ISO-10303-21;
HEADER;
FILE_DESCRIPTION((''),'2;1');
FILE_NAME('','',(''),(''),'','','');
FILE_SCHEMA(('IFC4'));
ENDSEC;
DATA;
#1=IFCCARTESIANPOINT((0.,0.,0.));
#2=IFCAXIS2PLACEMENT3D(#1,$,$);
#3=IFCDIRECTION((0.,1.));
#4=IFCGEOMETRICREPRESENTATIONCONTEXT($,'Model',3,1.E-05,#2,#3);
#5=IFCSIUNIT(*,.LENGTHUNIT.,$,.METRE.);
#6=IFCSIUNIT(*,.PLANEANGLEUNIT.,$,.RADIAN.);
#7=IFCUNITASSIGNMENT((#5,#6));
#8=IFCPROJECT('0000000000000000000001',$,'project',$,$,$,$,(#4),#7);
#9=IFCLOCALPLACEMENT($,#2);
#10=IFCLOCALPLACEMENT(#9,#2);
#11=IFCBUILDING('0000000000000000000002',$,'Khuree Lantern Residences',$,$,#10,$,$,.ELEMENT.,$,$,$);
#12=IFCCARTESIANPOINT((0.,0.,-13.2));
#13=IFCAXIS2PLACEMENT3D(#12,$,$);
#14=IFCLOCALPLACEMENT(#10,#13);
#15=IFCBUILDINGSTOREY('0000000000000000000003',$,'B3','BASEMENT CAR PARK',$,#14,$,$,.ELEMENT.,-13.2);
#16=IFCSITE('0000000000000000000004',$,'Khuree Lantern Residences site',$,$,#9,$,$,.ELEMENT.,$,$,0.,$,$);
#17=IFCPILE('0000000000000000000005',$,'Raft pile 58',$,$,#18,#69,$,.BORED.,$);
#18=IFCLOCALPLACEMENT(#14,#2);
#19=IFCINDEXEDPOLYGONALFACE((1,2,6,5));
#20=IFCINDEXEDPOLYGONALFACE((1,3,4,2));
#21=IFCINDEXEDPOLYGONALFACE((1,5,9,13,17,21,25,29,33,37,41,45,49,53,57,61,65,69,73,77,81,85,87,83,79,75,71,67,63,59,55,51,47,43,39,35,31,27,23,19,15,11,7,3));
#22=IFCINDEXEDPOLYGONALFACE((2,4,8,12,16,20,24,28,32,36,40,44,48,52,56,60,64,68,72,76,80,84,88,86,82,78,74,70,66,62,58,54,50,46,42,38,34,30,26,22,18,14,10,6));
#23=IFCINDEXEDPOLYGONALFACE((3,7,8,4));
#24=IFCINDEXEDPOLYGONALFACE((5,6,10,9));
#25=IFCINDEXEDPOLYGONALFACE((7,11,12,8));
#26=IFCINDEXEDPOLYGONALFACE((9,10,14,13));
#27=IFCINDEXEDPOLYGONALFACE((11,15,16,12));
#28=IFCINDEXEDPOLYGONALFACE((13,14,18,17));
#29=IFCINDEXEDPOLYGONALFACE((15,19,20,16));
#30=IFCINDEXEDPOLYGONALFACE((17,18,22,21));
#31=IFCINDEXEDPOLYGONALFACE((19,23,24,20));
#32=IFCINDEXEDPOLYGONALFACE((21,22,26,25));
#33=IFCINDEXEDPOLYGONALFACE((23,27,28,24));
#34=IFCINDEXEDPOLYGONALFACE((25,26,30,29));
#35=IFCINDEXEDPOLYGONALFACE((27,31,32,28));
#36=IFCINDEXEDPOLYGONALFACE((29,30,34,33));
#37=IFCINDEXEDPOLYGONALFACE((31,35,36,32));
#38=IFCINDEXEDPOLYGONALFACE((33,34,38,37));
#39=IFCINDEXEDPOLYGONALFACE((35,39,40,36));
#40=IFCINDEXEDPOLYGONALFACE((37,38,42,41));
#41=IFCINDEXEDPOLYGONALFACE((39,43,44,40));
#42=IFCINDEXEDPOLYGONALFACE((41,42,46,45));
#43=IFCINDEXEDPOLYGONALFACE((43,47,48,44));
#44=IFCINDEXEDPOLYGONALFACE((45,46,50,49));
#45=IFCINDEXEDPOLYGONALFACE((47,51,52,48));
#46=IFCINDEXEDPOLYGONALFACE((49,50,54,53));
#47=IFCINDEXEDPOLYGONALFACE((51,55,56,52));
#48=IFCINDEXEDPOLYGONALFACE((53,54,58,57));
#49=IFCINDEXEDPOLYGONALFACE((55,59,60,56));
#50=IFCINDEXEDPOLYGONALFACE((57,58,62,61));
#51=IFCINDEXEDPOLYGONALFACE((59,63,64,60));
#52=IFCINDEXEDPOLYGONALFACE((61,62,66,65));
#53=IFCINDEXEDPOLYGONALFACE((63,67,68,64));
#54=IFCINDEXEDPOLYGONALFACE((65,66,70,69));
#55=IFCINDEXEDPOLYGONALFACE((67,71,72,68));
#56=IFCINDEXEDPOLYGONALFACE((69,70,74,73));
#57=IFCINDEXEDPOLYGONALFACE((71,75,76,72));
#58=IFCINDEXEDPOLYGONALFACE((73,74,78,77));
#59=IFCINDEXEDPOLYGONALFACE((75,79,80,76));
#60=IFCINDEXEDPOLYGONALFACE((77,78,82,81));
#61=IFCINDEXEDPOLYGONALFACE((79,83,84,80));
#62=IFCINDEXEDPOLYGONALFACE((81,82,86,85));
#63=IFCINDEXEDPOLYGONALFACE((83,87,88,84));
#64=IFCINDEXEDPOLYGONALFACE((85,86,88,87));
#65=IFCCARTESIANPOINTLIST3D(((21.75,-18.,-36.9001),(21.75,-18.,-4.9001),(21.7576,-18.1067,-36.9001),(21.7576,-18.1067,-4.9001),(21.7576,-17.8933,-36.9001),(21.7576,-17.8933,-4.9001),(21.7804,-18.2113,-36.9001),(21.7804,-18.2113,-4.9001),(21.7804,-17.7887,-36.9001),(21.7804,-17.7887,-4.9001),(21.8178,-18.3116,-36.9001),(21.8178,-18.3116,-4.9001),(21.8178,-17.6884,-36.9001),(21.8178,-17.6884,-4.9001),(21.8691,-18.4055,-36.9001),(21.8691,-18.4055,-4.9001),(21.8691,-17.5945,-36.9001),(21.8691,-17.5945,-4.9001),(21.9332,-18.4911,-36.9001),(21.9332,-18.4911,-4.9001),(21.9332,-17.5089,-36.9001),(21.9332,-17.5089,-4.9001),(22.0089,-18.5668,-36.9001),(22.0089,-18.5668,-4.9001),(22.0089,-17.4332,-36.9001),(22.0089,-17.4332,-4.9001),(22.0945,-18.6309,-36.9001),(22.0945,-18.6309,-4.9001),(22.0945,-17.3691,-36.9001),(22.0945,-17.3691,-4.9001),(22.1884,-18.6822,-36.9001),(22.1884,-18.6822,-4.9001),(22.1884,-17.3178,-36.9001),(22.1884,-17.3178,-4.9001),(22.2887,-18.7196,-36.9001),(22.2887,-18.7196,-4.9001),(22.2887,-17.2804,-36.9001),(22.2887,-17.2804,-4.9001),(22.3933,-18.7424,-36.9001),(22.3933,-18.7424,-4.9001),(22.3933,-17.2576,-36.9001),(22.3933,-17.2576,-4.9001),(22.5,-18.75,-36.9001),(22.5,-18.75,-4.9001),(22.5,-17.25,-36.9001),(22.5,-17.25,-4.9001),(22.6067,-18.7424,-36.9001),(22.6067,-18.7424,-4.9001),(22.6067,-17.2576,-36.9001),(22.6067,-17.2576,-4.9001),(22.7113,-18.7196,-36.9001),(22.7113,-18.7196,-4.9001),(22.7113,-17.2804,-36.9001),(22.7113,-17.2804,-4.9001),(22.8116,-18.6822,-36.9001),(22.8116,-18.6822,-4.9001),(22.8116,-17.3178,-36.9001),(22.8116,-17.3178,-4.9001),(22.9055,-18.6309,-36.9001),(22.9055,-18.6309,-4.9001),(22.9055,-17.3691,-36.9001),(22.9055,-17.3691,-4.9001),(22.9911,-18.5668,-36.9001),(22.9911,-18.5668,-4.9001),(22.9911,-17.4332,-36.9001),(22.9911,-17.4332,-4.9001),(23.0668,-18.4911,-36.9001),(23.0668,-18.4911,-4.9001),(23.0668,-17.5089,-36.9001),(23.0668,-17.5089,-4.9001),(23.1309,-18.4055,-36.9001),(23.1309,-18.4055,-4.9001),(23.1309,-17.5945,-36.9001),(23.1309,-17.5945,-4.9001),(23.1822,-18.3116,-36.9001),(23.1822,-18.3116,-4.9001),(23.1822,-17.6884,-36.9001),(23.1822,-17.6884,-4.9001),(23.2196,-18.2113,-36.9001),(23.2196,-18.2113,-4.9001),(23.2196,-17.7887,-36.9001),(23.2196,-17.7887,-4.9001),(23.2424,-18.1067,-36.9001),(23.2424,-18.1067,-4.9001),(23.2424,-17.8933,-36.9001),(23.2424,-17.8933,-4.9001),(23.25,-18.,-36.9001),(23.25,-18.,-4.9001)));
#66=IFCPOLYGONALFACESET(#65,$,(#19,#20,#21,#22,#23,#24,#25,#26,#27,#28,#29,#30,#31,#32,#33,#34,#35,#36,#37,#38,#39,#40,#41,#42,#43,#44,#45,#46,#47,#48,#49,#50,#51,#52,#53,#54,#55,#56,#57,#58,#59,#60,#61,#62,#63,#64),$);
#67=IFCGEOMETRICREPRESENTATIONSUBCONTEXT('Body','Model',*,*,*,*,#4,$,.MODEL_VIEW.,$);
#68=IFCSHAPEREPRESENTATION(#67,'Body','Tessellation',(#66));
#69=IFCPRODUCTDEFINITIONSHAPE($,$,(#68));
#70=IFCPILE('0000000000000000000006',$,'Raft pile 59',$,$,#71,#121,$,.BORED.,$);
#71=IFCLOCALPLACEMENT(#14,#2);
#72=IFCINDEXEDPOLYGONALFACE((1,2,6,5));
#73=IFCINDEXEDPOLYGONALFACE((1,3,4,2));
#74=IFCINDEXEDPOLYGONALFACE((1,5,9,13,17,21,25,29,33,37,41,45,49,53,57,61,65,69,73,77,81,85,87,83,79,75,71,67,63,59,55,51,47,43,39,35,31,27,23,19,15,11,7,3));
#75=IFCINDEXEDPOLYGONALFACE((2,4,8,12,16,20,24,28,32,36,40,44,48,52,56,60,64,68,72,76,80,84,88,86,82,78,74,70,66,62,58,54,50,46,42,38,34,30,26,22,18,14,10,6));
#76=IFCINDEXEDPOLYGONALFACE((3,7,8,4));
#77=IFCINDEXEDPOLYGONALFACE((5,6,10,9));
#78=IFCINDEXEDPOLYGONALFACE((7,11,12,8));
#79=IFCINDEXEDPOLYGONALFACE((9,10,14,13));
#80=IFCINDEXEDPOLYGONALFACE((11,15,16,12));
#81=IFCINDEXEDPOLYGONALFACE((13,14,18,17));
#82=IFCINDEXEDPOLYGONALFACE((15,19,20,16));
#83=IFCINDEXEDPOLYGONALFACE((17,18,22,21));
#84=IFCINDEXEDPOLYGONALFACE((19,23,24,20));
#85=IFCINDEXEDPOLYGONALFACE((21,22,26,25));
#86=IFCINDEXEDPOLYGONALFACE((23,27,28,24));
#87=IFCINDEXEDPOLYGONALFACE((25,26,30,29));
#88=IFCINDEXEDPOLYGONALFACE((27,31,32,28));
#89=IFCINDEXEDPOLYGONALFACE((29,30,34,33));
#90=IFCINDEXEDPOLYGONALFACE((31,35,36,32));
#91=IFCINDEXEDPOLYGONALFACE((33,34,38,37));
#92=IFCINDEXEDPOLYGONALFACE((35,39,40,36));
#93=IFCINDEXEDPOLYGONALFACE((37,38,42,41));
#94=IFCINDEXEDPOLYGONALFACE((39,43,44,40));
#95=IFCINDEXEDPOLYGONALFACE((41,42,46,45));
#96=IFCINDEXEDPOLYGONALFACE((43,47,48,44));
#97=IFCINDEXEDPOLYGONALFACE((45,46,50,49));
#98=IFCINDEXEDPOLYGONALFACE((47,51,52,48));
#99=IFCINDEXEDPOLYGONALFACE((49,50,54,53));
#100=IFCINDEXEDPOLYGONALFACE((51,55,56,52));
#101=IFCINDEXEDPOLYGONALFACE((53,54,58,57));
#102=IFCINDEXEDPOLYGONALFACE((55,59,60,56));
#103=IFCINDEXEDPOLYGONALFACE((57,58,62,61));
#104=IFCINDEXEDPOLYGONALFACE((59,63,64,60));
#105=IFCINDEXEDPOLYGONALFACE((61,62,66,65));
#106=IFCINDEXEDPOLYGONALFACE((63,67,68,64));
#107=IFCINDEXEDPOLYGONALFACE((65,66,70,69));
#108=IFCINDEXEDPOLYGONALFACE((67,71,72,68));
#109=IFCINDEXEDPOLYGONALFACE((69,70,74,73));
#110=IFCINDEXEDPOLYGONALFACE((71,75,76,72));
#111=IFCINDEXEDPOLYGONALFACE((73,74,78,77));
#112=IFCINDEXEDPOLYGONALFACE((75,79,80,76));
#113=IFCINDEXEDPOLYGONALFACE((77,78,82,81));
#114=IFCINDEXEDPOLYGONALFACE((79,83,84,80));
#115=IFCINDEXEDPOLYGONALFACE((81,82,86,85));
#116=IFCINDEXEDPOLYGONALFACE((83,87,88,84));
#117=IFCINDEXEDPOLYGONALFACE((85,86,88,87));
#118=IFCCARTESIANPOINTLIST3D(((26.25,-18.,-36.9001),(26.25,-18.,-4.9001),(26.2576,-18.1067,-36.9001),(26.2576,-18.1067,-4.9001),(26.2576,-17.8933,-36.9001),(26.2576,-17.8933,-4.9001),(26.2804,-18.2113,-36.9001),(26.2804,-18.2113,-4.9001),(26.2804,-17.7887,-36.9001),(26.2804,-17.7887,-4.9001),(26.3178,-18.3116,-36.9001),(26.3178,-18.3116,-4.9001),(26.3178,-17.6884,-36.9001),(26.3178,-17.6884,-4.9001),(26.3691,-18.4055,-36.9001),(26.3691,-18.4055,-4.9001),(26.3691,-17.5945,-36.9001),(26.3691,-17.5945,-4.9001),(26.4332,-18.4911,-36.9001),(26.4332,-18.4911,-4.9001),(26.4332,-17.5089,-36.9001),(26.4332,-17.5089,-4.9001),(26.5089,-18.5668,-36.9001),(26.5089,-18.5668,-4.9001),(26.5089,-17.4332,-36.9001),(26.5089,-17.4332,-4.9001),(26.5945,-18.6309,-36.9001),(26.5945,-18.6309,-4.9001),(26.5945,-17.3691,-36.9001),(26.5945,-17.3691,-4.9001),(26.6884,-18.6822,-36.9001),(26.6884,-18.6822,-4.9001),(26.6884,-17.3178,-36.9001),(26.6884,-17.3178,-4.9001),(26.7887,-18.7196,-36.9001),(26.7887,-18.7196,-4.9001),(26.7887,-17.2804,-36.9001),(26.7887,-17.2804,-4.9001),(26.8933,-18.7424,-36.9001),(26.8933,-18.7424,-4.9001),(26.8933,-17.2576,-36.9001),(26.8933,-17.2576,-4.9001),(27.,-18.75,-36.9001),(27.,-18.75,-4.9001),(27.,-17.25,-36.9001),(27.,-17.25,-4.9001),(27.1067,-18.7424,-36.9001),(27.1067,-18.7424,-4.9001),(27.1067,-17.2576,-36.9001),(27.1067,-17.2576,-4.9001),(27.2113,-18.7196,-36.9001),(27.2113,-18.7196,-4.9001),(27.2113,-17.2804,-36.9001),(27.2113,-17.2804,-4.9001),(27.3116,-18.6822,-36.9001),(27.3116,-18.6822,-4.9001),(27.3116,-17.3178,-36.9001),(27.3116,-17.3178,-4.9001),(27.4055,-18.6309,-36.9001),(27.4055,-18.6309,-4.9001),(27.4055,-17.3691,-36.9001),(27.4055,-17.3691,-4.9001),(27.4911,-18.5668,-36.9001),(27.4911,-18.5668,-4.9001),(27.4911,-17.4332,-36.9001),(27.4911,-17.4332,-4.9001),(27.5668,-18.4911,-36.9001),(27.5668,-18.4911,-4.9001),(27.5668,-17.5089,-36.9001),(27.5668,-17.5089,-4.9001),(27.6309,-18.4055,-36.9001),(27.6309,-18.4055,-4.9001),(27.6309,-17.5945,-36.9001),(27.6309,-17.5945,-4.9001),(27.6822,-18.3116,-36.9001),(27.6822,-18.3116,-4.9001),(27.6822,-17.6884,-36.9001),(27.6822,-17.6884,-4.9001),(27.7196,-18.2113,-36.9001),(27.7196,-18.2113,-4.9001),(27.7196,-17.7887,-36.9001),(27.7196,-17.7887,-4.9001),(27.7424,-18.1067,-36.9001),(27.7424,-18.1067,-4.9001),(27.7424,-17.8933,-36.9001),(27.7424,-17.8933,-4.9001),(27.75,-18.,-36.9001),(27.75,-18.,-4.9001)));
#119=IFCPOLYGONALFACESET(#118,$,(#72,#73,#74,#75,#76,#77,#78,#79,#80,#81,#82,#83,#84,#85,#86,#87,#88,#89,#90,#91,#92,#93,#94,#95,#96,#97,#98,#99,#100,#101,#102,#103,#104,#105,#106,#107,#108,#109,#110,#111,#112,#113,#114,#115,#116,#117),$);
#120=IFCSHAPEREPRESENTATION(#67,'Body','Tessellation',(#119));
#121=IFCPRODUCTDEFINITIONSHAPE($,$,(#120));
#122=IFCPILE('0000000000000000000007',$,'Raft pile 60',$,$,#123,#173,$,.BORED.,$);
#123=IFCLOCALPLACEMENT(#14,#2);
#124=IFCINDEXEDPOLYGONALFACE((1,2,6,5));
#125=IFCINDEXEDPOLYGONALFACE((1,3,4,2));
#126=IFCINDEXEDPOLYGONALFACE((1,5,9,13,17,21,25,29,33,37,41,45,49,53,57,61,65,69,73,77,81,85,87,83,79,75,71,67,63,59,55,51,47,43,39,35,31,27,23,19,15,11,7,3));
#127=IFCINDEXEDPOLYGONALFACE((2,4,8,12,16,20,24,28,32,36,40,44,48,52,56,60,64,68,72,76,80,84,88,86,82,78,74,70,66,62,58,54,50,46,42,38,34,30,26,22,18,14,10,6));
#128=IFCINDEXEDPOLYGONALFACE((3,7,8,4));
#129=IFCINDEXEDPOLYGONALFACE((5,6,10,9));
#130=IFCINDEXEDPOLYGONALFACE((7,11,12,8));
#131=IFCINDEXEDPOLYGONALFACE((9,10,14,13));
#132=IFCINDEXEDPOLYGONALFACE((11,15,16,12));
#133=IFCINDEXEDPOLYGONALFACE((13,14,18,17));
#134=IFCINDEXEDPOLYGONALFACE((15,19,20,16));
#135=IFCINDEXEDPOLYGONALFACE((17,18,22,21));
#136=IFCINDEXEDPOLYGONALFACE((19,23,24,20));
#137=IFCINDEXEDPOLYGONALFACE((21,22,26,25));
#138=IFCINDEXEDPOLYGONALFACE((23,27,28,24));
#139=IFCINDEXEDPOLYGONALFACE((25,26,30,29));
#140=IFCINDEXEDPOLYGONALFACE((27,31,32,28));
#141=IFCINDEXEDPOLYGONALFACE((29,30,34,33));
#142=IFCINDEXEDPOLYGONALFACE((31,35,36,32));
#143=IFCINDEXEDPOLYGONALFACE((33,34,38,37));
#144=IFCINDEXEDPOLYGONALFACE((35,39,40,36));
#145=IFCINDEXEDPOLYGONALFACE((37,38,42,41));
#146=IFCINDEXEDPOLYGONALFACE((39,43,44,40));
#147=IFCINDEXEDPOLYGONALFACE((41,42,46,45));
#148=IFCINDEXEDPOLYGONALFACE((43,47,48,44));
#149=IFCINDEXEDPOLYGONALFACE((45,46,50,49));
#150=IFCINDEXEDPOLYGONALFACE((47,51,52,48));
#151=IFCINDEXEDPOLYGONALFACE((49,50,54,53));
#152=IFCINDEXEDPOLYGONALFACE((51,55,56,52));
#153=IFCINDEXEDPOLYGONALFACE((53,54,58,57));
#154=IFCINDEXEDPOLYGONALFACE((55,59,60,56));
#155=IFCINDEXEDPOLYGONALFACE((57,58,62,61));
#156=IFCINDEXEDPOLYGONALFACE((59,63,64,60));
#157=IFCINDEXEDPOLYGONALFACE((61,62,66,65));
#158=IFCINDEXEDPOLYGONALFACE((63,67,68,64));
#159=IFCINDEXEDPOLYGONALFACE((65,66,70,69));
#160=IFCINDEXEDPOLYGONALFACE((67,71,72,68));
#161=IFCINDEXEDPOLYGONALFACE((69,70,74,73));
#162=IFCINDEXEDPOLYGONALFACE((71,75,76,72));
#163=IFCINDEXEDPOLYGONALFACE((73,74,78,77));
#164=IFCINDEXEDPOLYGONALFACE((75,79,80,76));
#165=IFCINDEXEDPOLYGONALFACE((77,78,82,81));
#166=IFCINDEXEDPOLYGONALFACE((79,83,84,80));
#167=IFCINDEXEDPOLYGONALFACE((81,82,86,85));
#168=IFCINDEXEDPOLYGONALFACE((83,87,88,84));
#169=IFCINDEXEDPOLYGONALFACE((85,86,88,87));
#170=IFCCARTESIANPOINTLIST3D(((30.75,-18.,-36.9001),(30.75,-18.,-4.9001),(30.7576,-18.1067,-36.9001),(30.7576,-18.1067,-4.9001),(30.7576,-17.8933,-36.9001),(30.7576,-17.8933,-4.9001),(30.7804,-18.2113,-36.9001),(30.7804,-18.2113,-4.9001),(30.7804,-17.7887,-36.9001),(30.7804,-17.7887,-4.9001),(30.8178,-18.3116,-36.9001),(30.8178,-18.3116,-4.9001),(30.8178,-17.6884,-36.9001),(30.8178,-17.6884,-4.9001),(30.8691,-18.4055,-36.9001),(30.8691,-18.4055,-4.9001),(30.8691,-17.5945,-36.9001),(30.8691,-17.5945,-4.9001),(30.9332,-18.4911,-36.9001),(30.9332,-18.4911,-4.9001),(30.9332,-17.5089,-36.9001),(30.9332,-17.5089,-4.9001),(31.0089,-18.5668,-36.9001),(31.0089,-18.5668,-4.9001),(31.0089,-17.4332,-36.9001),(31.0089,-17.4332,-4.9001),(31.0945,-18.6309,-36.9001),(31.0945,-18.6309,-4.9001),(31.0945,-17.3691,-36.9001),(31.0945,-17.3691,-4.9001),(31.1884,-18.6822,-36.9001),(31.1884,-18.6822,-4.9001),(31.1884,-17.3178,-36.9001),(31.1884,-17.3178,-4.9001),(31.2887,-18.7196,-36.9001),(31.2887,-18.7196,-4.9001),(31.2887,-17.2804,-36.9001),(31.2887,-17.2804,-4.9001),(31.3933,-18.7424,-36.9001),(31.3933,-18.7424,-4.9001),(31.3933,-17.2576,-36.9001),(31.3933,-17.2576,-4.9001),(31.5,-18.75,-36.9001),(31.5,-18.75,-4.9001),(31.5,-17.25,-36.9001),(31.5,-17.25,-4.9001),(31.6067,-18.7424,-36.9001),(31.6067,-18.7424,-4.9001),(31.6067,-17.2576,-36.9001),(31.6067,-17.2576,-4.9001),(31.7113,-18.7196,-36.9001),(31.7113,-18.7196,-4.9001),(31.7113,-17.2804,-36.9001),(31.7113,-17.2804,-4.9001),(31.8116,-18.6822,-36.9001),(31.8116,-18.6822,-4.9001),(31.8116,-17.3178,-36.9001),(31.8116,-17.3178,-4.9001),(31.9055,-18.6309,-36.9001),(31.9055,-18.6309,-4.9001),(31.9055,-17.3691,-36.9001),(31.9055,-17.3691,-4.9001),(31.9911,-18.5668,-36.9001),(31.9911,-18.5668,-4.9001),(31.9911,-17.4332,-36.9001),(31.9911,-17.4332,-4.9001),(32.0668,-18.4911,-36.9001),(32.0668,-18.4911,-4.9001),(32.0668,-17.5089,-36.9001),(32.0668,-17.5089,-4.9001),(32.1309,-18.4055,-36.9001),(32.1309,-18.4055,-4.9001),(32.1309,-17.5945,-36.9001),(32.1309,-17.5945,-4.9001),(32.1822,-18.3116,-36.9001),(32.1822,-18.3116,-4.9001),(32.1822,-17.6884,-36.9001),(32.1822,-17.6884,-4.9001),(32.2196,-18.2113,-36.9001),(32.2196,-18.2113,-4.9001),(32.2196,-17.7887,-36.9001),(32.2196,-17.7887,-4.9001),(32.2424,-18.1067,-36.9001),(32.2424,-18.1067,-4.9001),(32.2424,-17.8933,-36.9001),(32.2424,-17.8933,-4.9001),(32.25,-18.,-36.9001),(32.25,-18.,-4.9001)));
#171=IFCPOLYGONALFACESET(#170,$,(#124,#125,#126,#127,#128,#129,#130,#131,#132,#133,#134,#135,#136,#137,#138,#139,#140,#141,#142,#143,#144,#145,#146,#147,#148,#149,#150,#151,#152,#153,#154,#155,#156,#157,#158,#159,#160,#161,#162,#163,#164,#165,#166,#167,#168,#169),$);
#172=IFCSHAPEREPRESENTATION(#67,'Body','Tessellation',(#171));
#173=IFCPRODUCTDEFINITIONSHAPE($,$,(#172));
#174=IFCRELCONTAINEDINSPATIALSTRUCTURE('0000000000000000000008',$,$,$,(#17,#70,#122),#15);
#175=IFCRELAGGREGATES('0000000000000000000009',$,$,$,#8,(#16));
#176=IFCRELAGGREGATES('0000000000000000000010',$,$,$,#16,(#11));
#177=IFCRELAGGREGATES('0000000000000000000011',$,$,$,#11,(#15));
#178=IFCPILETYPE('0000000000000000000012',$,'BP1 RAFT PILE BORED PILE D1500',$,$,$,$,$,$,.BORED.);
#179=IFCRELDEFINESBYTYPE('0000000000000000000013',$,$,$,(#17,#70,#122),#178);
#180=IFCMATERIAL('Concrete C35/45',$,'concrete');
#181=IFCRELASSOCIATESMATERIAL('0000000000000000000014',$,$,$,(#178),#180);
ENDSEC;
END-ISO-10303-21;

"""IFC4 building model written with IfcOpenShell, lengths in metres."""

from ifc_helpers import new_model, si_unit, direction, frame, origin, origin_2d, place, context, subcontext, project, spatial, circle, extrude, material, material_profile, profile_set, type_object, element, save


model = new_model("IFC4")

# Units and contexts
model_context = context("Model", 3, precision=1e-05, world=origin(), true_north=direction((0.0, 1.0)))
body_context = subcontext(model_context, "Body", "Model", "MODEL_VIEW")
ifc_project = project(units=[si_unit("LENGTHUNIT", "METRE"), si_unit("PLANEANGLEUNIT", "RADIAN")], contexts=[model_context])

# Site, building, storey
site_placement = place(None, origin())
site = spatial("IfcSite", under=ifc_project, at=site_placement, Name="Khuree Lantern Residences site", CompositionType="ELEMENT", RefElevation=0.0)
building_placement = place(site_placement, origin())
building = spatial("IfcBuilding", under=site, at=building_placement, Name="Khuree Lantern Residences", CompositionType="ELEMENT")
storey_placement = place(building_placement, frame((0.0, 0.0, -13.2)))
storey = spatial("IfcBuildingStorey", under=building, at=storey_placement, Name="B3", Description="BASEMENT CAR PARK", CompositionType="ELEMENT", Elevation=-13.2)

# Piles
ifc_material_1 = material(Name="Concrete C35/45", Category="concrete")
ifc_material_profile_1 = material_profile(ifc_material_1, circle(Radius=0.75, at=origin_2d()), Name="BORED PILE D1500")
ifc_profile_set_1 = profile_set([ifc_material_profile_1], Name="Concrete C35/45")
pile_type_1 = type_object("IfcPileType", Name="BP1 RAFT PILE BORED PILE D1500", PredefinedType="BORED", material=ifc_profile_set_1)
for number, where, z_axis, x_axis, name in (
    (1, (22.5, -18.0, -4.9001), (0.0, 0.0, -1.0), (1.0, 0.0, 0.0), "Raft pile 58"),
    (2, (27.0, -18.0, -4.9001), (0.0, 0.0, -1.0), (1.0, 0.0, 0.0), "Raft pile 59"),
    (3, (31.5, -18.0, -4.9001), (0.0, 0.0, -1.0), (1.0, 0.0, 0.0), "Raft pile 60"),
):
    element("IfcPile", number, at=place(storey_placement, frame(where, z_axis=z_axis, x_axis=x_axis)), inside=storey, type_object=pile_type_1, Name=name, PredefinedType="BORED", context=body_context, shape_type="SweptSolid", body=[
        extrude(circle(Radius=0.75, at=origin_2d()), origin(), (0.0, 0.0, 1.0), 32.0),
    ])

save(model, "model.ifc")
